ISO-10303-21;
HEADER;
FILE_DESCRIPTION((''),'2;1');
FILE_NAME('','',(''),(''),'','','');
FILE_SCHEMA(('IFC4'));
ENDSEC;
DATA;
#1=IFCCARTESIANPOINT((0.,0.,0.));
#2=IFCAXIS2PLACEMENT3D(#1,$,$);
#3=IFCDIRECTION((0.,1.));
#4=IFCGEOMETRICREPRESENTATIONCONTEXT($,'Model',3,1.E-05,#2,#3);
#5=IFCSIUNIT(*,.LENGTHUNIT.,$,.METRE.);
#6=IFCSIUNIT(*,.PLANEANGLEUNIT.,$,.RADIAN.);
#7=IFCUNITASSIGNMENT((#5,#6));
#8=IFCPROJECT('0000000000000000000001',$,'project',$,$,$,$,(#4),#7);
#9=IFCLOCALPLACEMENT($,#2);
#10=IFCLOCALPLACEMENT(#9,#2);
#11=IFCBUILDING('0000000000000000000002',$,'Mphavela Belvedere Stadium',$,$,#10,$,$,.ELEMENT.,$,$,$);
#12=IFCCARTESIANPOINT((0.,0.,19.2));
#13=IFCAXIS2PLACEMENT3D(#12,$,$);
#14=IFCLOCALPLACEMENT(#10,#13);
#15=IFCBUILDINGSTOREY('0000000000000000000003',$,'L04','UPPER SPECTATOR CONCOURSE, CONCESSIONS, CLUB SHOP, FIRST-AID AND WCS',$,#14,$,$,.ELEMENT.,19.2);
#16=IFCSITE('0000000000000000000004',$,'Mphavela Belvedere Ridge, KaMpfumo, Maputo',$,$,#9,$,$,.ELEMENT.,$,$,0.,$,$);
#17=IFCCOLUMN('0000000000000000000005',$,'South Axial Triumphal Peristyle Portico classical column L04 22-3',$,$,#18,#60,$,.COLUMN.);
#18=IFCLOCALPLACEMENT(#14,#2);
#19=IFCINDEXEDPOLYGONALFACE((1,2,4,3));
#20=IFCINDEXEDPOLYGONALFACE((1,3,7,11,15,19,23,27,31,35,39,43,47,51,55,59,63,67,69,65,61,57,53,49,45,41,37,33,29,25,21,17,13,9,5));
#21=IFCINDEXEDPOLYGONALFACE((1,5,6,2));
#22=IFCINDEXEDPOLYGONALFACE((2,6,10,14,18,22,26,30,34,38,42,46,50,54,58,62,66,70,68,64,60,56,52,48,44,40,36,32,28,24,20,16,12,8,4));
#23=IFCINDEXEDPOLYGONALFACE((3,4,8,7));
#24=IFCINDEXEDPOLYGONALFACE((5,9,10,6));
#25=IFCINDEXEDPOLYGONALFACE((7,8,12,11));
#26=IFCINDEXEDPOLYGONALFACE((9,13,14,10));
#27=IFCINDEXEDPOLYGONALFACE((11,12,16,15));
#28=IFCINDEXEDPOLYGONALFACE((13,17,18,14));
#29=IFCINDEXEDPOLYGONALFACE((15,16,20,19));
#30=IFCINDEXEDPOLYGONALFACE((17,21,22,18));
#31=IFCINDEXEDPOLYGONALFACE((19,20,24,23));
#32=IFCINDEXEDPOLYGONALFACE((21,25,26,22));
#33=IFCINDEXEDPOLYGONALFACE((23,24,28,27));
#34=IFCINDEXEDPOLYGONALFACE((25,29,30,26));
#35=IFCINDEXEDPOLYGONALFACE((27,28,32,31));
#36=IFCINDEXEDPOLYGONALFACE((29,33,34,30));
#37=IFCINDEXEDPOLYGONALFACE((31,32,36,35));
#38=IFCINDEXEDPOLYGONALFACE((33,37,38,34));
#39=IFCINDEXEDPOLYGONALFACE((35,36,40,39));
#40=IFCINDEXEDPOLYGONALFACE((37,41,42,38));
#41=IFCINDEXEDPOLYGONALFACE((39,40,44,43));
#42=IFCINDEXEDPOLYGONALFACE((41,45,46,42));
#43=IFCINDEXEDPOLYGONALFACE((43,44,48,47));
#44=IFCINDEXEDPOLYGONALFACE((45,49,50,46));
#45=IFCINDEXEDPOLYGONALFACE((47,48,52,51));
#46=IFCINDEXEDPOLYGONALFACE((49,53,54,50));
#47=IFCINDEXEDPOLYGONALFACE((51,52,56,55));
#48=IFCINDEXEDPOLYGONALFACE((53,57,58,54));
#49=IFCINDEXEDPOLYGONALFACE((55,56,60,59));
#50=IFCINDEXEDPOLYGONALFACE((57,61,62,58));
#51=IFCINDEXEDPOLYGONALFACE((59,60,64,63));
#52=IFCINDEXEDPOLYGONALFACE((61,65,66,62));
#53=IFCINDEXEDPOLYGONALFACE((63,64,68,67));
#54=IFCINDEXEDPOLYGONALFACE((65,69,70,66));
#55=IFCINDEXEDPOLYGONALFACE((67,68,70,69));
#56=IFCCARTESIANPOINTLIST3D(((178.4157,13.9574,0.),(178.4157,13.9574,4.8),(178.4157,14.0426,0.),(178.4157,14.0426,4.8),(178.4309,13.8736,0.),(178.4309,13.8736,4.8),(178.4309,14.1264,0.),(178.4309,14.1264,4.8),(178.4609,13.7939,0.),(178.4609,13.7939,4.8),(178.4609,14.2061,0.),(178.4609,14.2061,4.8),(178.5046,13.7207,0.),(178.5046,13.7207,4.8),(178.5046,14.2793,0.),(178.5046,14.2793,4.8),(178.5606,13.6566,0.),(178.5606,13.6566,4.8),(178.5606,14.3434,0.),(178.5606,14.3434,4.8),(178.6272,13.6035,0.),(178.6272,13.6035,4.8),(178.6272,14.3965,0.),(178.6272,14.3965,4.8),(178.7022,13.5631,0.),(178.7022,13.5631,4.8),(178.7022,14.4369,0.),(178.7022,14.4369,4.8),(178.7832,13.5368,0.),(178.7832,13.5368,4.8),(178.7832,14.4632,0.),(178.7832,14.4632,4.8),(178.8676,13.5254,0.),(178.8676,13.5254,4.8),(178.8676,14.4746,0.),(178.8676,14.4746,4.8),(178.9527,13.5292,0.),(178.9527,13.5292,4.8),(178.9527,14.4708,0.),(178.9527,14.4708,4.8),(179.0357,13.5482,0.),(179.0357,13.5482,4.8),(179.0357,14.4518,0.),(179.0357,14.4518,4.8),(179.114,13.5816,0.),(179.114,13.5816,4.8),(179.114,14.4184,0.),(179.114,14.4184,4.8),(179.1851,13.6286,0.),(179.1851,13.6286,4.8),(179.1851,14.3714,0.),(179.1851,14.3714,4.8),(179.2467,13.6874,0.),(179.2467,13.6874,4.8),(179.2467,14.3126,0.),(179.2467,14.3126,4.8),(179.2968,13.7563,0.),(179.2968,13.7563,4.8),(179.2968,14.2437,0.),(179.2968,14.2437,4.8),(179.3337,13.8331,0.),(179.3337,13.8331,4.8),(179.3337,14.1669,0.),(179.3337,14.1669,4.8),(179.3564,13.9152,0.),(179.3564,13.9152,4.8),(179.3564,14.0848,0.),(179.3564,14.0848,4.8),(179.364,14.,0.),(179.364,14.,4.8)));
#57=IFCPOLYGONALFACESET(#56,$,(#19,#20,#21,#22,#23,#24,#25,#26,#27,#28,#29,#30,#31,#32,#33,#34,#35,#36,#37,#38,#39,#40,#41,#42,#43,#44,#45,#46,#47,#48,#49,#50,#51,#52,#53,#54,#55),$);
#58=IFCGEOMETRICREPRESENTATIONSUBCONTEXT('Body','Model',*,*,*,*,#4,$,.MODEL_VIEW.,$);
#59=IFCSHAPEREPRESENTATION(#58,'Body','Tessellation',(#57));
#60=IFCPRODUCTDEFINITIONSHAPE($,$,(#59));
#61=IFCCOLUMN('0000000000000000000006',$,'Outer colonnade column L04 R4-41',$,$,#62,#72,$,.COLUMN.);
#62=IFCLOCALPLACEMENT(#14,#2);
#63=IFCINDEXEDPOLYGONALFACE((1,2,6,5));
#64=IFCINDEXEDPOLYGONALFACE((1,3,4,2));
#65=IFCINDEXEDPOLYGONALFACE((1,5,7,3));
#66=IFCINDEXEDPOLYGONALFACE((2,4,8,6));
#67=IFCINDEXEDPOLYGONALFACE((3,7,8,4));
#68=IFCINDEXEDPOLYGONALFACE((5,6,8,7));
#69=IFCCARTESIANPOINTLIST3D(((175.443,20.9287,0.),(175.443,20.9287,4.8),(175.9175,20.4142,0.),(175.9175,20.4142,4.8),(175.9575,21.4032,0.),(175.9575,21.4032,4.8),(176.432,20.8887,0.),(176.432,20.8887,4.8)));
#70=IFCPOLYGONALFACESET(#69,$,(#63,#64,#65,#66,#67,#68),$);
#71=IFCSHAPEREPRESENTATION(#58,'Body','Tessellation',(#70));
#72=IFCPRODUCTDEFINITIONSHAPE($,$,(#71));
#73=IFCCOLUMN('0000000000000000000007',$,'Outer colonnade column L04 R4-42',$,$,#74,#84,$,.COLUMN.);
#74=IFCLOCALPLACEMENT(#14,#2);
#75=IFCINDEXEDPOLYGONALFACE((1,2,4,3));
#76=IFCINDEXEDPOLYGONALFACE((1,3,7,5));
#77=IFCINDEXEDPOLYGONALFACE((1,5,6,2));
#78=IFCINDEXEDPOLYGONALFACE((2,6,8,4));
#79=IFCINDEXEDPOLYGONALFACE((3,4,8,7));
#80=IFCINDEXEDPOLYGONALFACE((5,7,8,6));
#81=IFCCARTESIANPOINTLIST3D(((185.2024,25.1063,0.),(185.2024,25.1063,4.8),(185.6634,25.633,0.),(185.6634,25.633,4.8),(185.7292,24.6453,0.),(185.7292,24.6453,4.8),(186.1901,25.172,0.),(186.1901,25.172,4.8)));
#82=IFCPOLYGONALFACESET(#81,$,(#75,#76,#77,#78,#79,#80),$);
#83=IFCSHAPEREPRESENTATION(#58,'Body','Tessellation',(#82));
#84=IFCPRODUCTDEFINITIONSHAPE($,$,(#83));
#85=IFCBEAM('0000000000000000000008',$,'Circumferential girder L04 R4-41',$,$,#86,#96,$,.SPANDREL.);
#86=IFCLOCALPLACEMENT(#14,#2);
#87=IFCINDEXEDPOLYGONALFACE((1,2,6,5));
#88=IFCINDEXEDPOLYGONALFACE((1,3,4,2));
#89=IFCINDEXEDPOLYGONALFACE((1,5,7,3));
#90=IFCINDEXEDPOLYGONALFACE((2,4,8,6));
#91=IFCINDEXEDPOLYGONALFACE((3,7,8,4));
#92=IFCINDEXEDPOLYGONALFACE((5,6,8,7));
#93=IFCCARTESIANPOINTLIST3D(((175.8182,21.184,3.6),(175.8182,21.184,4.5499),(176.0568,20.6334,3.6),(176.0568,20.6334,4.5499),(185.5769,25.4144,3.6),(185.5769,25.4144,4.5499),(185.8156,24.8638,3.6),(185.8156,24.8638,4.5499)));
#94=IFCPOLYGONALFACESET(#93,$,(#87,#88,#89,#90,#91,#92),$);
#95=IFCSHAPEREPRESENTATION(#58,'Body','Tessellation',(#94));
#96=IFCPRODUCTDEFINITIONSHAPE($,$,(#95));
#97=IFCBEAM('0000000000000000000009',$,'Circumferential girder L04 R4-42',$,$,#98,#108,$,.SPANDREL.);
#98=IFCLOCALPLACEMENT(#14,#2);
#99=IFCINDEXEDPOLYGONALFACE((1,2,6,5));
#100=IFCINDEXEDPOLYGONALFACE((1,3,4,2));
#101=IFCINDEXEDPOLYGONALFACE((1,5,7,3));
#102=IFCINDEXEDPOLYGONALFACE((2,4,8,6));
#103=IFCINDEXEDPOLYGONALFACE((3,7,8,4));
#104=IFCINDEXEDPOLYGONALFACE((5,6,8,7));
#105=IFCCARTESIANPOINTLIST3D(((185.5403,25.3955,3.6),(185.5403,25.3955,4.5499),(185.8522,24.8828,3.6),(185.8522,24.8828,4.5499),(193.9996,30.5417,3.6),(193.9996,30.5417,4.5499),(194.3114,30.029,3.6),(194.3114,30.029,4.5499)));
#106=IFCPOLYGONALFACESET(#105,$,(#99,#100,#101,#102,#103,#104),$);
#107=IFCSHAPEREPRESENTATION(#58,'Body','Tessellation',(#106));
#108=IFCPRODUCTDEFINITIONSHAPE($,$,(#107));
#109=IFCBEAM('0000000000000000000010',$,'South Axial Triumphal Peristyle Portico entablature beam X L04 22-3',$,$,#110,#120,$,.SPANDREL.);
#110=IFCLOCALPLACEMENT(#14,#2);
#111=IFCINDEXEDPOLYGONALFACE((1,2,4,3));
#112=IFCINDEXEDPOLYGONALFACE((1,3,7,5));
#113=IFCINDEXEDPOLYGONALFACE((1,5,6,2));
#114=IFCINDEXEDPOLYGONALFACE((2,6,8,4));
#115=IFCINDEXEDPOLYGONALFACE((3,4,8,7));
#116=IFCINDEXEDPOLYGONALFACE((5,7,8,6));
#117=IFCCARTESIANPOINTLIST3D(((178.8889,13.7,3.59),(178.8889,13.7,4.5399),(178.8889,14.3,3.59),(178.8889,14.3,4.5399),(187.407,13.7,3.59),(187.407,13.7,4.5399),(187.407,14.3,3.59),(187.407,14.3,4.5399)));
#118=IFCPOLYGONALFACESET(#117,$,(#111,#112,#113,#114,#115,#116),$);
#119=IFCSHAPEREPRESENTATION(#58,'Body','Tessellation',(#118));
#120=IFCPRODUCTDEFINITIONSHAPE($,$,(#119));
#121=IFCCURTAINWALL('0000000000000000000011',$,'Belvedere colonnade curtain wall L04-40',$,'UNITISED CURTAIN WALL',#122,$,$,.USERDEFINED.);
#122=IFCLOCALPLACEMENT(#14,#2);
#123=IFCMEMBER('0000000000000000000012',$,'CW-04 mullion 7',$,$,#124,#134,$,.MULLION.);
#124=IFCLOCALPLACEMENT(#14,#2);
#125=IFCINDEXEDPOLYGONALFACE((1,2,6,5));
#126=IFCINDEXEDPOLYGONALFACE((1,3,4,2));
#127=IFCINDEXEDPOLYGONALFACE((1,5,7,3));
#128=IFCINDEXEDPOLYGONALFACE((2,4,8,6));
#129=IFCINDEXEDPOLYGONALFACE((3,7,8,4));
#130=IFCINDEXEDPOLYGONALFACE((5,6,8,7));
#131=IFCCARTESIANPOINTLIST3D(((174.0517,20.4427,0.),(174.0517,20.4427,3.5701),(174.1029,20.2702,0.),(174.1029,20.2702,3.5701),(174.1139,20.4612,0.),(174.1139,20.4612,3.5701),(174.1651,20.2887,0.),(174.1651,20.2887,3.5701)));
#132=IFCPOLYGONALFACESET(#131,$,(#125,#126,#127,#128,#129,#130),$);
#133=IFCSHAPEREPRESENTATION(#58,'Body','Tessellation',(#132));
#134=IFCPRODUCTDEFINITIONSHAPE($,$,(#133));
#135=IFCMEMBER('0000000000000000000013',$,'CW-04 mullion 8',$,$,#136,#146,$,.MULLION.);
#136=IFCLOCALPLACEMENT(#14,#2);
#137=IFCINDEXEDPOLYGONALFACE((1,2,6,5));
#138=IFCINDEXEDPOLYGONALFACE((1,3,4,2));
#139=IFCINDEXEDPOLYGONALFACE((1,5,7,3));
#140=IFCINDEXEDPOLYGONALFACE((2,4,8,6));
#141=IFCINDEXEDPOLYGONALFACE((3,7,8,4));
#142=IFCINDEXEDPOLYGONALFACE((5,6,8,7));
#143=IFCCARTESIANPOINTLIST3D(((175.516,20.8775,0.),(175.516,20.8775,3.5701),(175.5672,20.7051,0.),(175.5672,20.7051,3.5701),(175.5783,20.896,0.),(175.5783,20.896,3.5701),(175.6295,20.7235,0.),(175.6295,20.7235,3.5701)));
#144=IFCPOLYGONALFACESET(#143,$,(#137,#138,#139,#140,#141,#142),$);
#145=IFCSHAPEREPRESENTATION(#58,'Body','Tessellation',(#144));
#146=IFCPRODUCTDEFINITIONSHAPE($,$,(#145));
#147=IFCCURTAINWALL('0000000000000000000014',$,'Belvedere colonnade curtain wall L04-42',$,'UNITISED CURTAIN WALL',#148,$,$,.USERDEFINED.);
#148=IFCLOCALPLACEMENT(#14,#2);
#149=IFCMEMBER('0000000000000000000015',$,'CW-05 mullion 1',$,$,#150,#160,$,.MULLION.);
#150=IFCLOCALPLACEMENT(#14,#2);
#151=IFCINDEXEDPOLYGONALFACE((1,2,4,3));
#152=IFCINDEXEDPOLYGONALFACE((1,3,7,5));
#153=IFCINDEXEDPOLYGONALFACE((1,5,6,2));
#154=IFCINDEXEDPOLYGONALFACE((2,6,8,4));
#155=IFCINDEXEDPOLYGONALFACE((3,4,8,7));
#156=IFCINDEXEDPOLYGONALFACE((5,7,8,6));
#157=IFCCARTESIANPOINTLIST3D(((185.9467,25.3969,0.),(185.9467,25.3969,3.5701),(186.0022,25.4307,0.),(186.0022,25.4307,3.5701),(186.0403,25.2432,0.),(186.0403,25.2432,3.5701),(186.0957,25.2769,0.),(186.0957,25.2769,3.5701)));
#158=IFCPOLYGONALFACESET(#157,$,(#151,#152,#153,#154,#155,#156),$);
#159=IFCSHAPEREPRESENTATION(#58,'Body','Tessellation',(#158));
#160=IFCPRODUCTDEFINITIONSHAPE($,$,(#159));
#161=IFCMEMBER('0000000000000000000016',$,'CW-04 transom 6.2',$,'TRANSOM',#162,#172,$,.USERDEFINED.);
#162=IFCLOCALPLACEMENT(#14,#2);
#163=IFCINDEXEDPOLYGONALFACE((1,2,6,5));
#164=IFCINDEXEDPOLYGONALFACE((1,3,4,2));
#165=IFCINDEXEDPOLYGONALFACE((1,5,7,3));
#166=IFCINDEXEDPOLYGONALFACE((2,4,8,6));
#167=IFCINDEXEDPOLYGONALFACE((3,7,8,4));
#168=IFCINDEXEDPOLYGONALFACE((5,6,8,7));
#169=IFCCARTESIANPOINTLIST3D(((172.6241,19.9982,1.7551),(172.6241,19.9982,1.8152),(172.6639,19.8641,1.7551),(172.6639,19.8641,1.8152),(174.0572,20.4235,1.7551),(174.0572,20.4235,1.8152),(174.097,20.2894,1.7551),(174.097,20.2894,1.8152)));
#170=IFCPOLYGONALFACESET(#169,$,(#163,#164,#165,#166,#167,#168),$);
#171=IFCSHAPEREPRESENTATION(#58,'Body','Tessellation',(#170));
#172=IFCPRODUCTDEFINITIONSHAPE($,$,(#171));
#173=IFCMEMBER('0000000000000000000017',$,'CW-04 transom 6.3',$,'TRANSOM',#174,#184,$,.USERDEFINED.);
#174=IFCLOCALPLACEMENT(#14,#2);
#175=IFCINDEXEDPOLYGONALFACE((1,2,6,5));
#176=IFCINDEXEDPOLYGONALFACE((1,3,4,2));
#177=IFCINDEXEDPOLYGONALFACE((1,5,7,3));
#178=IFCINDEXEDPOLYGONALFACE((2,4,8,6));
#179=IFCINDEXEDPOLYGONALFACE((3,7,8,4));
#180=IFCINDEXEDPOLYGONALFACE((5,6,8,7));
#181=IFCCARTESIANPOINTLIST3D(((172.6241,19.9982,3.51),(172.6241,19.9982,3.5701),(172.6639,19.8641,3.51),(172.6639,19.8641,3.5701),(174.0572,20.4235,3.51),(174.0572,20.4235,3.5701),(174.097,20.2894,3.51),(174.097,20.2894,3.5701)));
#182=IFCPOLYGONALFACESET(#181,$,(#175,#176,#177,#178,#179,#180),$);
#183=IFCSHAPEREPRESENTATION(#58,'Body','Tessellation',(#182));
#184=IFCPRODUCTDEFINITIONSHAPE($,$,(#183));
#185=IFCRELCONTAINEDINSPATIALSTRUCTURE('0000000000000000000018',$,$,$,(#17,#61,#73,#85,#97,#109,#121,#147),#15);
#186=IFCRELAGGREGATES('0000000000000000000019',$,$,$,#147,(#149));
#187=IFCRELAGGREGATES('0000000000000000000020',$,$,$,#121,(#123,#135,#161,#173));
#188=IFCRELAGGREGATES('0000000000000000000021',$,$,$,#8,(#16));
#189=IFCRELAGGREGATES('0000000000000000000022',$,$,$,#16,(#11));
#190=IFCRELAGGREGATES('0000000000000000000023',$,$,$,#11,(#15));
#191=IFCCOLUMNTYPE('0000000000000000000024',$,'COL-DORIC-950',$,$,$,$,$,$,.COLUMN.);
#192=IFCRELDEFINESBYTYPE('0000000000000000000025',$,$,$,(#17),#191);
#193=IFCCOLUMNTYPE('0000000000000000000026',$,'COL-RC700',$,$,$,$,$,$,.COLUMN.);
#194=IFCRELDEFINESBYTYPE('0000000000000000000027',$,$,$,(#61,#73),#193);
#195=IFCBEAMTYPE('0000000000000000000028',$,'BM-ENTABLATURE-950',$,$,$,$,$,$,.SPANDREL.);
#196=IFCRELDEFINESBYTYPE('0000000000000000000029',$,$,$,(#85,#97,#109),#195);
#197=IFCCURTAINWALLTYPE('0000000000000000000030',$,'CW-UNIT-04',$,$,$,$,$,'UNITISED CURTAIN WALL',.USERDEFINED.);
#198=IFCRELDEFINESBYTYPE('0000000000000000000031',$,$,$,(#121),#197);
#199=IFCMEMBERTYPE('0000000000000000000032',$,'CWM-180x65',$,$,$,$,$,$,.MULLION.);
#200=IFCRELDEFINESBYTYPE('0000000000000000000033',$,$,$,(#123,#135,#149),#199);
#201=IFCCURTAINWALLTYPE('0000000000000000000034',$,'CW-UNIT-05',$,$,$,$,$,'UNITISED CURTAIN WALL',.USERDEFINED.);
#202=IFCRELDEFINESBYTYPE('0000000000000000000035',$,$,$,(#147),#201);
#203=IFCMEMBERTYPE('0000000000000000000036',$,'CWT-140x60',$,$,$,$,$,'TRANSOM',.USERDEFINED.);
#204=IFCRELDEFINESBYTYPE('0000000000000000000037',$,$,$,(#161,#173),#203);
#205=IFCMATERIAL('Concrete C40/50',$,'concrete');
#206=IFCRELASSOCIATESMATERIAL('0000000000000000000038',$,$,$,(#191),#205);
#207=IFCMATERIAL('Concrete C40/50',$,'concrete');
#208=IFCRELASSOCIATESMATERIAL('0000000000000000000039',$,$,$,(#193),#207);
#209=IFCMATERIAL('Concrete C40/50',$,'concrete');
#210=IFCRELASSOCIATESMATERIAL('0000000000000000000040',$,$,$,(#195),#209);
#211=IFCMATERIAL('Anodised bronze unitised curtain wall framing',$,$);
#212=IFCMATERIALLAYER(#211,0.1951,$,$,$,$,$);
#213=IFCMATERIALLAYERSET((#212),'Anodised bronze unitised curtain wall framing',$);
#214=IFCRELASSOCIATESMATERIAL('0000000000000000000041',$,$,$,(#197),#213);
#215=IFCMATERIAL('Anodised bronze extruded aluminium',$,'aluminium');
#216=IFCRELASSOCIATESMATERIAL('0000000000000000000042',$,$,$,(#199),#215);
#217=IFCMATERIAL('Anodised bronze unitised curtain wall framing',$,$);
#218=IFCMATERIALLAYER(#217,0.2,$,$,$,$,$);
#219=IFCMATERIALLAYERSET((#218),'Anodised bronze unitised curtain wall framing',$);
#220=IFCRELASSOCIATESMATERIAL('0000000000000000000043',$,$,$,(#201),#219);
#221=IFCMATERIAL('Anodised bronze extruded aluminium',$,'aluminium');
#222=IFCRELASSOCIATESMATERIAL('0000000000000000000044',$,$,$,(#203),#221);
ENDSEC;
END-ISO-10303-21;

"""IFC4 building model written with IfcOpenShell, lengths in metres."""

from ifc_helpers import new_model, si_unit, direction, frame, origin, origin_2d, place, context, subcontext, project, spatial, rectangle, circle, extrude, material, layer, layer_set, material_profile, profile_set, type_object, element, aggregate, save


model = new_model("IFC4")

# Units and contexts
model_context = context("Model", 3, precision=1e-05, world=origin(), true_north=direction((0.0, 1.0)))
body_context = subcontext(model_context, "Body", "Model", "MODEL_VIEW")
ifc_project = project(units=[si_unit("LENGTHUNIT", "METRE"), si_unit("PLANEANGLEUNIT", "RADIAN")], contexts=[model_context])

# Site, building, storey
site_placement = place(None, origin())
site = spatial("IfcSite", under=ifc_project, at=site_placement, Name="Mphavela Belvedere Ridge, KaMpfumo, Maputo", CompositionType="ELEMENT", RefElevation=0.0)
building_placement = place(site_placement, origin())
building = spatial("IfcBuilding", under=site, at=building_placement, Name="Mphavela Belvedere Stadium", CompositionType="ELEMENT")
storey_placement = place(building_placement, frame((0.0, 0.0, 19.2)))
storey = spatial("IfcBuildingStorey", under=building, at=storey_placement, Name="L04", Description="UPPER SPECTATOR CONCOURSE, CONCESSIONS, CLUB SHOP, FIRST-AID AND WCS", CompositionType="ELEMENT", Elevation=19.2)

# Columns
ifc_material_1 = material(Name="Concrete C40/50", Category="concrete")
ifc_material_profile_1 = material_profile(ifc_material_1, circle(Radius=0.4751, at=origin_2d()), Name="COL D950")
ifc_profile_set_1 = profile_set([ifc_material_profile_1], Name="Concrete C40/50")
column_type_1 = type_object("IfcColumnType", Name="COL-DORIC-950", PredefinedType="COLUMN", material=ifc_profile_set_1)
column_placement = place(storey_placement, frame((178.8889, 14.0, 0.0), z_axis=(0.0, 0.0, 1.0), x_axis=(1.0, 0.0, 0.0)))
element("IfcColumn", 1, at=column_placement, inside=storey, type_object=column_type_1, Name="South Axial Triumphal Peristyle Portico classical column L04 22-3", PredefinedType="COLUMN", context=body_context, shape_type="SweptSolid", body=[
    extrude(circle(Radius=0.4751, at=origin_2d()), origin(), (0.0, 0.0, 1.0), 4.8),
])
ifc_material_2 = material(Name="Concrete C40/50", Category="concrete")
ifc_material_profile_2 = material_profile(ifc_material_2, rectangle(XDim=0.7, YDim=0.7, at=origin_2d()), Name="RC 700x700")
ifc_profile_set_2 = profile_set([ifc_material_profile_2], Name="Concrete C40/50")
column_type_2 = type_object("IfcColumnType", Name="COL-RC700", PredefinedType="COLUMN", material=ifc_profile_set_2)
for number, where, z_axis, x_axis, name in (
    (2, (175.9375, 20.9087, 0.0), (0.0, 0.0, 1.0), (0.677903, -0.735151, 0.0), "Outer colonnade column L04 R4-41"),
    (3, (185.6963, 25.1392, 0.0), (0.0, 0.0, 1.0), (0.75253, -0.658558, 0.0), "Outer colonnade column L04 R4-42"),
):
    element("IfcColumn", number, at=place(storey_placement, frame(where, z_axis=z_axis, x_axis=x_axis)), inside=storey, type_object=column_type_2, Name=name, PredefinedType="COLUMN", context=body_context, shape_type="SweptSolid", body=[
        extrude(rectangle(XDim=0.7, YDim=0.7, at=origin_2d()), origin(), (0.0, 0.0, 1.0), 4.8),
    ])

# Beams
ifc_material_3 = material(Name="Concrete C40/50", Category="concrete")
ifc_material_profile_3 = material_profile(ifc_material_3, rectangle(XDim=0.6001, YDim=0.95, at=origin_2d()), Name="RC 600x950")
ifc_profile_set_3 = profile_set([ifc_material_profile_3], Name="Concrete C40/50")
beam_type = type_object("IfcBeamType", Name="BM-ENTABLATURE-950", PredefinedType="SPANDREL", material=ifc_profile_set_3)
beam_1_placement = place(storey_placement, frame((175.9375, 20.9087, 4.075), z_axis=(0.917499, 0.397739, 0.0), x_axis=(-0.397739, 0.917499, 0.0)))
element("IfcBeam", 4, at=beam_1_placement, inside=storey, type_object=beam_type, Name="Circumferential girder L04 R4-41", PredefinedType="SPANDREL", context=body_context, shape_type="SweptSolid", body=[
    extrude(rectangle(XDim=0.6001, YDim=0.95, at=origin_2d()), origin(), (0.0, 0.0, 1.0), 10.6362),
])
beam_2_placement = place(storey_placement, frame((185.6963, 25.1392, 4.075), z_axis=(0.854327, 0.519737, 0.0), x_axis=(-0.519737, 0.854327, 0.0)))
element("IfcBeam", 5, at=beam_2_placement, inside=storey, type_object=beam_type, Name="Circumferential girder L04 R4-42", PredefinedType="SPANDREL", context=body_context, shape_type="SweptSolid", body=[
    extrude(rectangle(XDim=0.6001, YDim=0.95, at=origin_2d()), origin(), (0.0, 0.0, 1.0), 9.9016),
])
beam_3_placement = place(storey_placement, frame((178.8889, 14.0, 4.0649), z_axis=(1.0, 0.0, 0.0), x_axis=(0.0, 1.0, 0.0)))
element("IfcBeam", 6, at=beam_3_placement, inside=storey, type_object=beam_type, Name="South Axial Triumphal Peristyle Portico entablature beam X L04 22-3", PredefinedType="SPANDREL", context=body_context, shape_type="SweptSolid", body=[
    extrude(rectangle(XDim=0.6001, YDim=0.95, at=origin_2d()), origin(), (0.0, 0.0, 1.0), 8.5181),
])

# Curtain wall, members
ifc_material_4 = material(Name="Anodised bronze unitised curtain wall framing")
ifc_layer_1 = layer(ifc_material_4, 0.1951)
ifc_layer_set_1 = layer_set([ifc_layer_1], Name="Anodised bronze unitised curtain wall framing")
curtain_wall_type_1 = type_object("IfcCurtainWallType", Name="CW-UNIT-04", ElementType="UNITISED CURTAIN WALL", PredefinedType="USERDEFINED", material=ifc_layer_set_1)
curtain_wall_1_placement = place(storey_placement, origin())
curtain_wall_1 = element("IfcCurtainWall", 7, at=curtain_wall_1_placement, inside=storey, type_object=curtain_wall_type_1, Name="Belvedere colonnade curtain wall L04-40", ObjectType="UNITISED CURTAIN WALL", PredefinedType="USERDEFINED")
ifc_material_5 = material(Name="Anodised bronze extruded aluminium", Category="aluminium")
ifc_material_profile_4 = material_profile(ifc_material_5, rectangle(XDim=0.1799, YDim=0.0649, at=origin_2d()), Name="CW-MUL 180x65")
ifc_profile_set_4 = profile_set([ifc_material_profile_4], Name="Anodised bronze extruded aluminium")
member_type_1 = type_object("IfcMemberType", Name="CWM-180x65", PredefinedType="MULLION", material=ifc_profile_set_4)
member_1_placement = place(storey_placement, frame((174.1084, 20.3657, 0.0), z_axis=(0.0, 0.0, 1.0), x_axis=(-0.284561, 0.958658, 0.0)))
member_1 = element("IfcMember", 8, at=member_1_placement, type_object=member_type_1, Name="CW-04 mullion 7", PredefinedType="MULLION", context=body_context, shape_type="SweptSolid", body=[
    extrude(rectangle(XDim=0.1799, YDim=0.0649, at=origin_2d()), origin(), (0.0, 0.0, 1.0), 3.5701),
])
member_2_placement = place(storey_placement, frame((175.5728, 20.8005, 0.0), z_axis=(0.0, 0.0, 1.0), x_axis=(-0.284561, 0.958658, 0.0)))
member_2 = element("IfcMember", 9, at=member_2_placement, type_object=member_type_1, Name="CW-04 mullion 8", PredefinedType="MULLION", context=body_context, shape_type="SweptSolid", body=[
    extrude(rectangle(XDim=0.1799, YDim=0.0649, at=origin_2d()), origin(), (0.0, 0.0, 1.0), 3.5701),
])

# Curtain wall, member
ifc_material_6 = material(Name="Anodised bronze unitised curtain wall framing")
ifc_layer_2 = layer(ifc_material_6, 0.2)
ifc_layer_set_2 = layer_set([ifc_layer_2], Name="Anodised bronze unitised curtain wall framing")
curtain_wall_type_2 = type_object("IfcCurtainWallType", Name="CW-UNIT-05", ElementType="UNITISED CURTAIN WALL", PredefinedType="USERDEFINED", material=ifc_layer_set_2)
curtain_wall_2_placement = place(storey_placement, origin())
curtain_wall_2 = element("IfcCurtainWall", 10, at=curtain_wall_2_placement, inside=storey, type_object=curtain_wall_type_2, Name="Belvedere colonnade curtain wall L04-42", ObjectType="UNITISED CURTAIN WALL", PredefinedType="USERDEFINED")
member_3_placement = place(storey_placement, frame((186.0212, 25.3369, 0.0), z_axis=(0.0, 0.0, 1.0), x_axis=(-0.519735, 0.854327, 0.0)))
member_3 = element("IfcMember", 11, at=member_3_placement, type_object=member_type_1, Name="CW-05 mullion 1", PredefinedType="MULLION", context=body_context, shape_type="SweptSolid", body=[
    extrude(rectangle(XDim=0.1799, YDim=0.0649, at=origin_2d()), origin(), (0.0, 0.0, 1.0), 3.5701),
])

# Members
ifc_material_7 = material(Name="Anodised bronze extruded aluminium", Category="aluminium")
ifc_material_profile_5 = material_profile(ifc_material_7, rectangle(XDim=0.1399, YDim=0.0601, at=origin_2d()), Name="CW-TRN 140x60")
ifc_profile_set_5 = profile_set([ifc_material_profile_5], Name="Anodised bronze extruded aluminium")
member_type_2 = type_object("IfcMemberType", Name="CWT-140x60", ElementType="TRANSOM", PredefinedType="USERDEFINED", material=ifc_profile_set_5)
member_4_placement = place(storey_placement, frame((172.644, 19.9312, 1.7852), z_axis=(0.958676, 0.2845, 0.0), x_axis=(-0.2845, 0.958676, 0.0)))
member_4 = element("IfcMember", 12, at=member_4_placement, type_object=member_type_2, Name="CW-04 transom 6.2", ObjectType="TRANSOM", PredefinedType="USERDEFINED", context=body_context, shape_type="SweptSolid", body=[
    extrude(rectangle(XDim=0.1399, YDim=0.0601, at=origin_2d()), origin(), (0.0, 0.0, 1.0), 1.4949),
])
member_5_placement = place(storey_placement, frame((172.644, 19.9312, 3.54), z_axis=(0.958676, 0.2845, 0.0), x_axis=(-0.2845, 0.958676, 0.0)))
member_5 = element("IfcMember", 13, at=member_5_placement, type_object=member_type_2, Name="CW-04 transom 6.3", ObjectType="TRANSOM", PredefinedType="USERDEFINED", context=body_context, shape_type="SweptSolid", body=[
    extrude(rectangle(XDim=0.1399, YDim=0.0601, at=origin_2d()), origin(), (0.0, 0.0, 1.0), 1.4949),
])
aggregate(curtain_wall_2, [member_3])

aggregate(curtain_wall_1, [member_1, member_2, member_4, member_5])

save(model, "model.ifc")
